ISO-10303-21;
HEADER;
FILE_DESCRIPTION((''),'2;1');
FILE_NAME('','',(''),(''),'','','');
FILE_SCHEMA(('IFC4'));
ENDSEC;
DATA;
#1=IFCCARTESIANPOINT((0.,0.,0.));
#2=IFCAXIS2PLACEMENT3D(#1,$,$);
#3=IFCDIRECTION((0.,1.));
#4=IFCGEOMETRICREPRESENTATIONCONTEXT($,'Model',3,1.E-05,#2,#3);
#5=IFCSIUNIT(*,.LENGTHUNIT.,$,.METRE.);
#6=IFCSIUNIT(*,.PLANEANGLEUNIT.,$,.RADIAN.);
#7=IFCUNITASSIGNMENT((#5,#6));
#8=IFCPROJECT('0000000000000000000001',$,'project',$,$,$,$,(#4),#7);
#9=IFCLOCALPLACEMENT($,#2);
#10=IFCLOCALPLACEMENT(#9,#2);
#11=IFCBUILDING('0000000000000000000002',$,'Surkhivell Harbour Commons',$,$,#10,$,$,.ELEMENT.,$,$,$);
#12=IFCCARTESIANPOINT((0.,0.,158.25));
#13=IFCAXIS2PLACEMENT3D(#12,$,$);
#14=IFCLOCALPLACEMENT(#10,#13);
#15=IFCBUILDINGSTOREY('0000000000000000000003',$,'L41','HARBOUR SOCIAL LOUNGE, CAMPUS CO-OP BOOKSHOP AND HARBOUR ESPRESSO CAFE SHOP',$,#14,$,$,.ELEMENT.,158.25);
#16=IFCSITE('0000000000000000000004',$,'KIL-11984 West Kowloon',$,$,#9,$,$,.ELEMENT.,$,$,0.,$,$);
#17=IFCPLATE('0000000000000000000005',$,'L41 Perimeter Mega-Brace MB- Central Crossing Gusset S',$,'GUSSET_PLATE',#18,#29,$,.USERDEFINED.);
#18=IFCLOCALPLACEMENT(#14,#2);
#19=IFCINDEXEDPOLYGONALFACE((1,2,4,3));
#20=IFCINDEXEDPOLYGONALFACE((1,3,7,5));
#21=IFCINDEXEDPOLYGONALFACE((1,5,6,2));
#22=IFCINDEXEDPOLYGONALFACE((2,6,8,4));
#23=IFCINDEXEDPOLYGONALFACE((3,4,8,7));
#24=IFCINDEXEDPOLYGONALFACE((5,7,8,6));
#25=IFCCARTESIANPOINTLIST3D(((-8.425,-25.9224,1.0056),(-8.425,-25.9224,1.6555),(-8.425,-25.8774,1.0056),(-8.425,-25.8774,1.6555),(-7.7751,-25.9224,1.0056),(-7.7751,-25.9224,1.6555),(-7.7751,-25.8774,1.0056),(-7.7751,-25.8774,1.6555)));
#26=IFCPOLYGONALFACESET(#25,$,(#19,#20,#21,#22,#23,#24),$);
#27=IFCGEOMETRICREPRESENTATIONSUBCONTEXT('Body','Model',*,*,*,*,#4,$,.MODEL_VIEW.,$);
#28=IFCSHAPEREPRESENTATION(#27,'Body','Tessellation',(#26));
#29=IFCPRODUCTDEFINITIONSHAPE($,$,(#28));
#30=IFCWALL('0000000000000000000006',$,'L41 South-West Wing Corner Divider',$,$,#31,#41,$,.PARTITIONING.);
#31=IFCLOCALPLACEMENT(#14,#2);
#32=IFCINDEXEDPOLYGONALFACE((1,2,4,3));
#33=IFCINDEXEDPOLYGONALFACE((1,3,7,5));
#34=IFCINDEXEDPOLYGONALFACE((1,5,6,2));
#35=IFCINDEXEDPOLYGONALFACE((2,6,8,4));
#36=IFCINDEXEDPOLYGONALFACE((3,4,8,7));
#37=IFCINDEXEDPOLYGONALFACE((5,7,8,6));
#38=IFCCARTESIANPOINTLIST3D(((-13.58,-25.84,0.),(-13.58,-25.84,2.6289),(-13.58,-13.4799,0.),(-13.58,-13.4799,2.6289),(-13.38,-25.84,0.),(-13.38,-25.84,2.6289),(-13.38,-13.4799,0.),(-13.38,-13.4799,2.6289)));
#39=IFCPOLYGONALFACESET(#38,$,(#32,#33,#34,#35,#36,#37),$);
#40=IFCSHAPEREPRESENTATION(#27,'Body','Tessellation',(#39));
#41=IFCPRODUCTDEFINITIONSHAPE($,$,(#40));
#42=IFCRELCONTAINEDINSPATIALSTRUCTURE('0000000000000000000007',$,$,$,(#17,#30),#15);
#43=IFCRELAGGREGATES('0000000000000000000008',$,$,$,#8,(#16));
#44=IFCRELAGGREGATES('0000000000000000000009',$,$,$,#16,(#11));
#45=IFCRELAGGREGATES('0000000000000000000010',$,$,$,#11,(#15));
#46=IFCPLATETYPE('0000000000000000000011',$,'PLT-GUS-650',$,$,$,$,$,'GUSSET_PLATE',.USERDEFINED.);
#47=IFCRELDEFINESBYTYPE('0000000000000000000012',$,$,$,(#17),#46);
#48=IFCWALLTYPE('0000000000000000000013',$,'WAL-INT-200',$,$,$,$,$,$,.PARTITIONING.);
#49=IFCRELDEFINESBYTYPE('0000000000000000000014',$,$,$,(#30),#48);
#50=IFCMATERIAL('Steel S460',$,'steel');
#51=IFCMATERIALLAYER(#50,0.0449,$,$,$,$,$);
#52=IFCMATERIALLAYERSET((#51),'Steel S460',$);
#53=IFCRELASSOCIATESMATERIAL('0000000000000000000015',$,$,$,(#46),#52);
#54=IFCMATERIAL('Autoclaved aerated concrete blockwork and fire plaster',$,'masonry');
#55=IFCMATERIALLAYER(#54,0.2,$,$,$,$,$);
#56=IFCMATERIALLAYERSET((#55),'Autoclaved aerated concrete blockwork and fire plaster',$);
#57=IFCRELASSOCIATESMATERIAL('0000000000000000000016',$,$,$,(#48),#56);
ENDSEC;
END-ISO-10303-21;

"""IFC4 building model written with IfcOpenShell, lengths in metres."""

from ifc_helpers import new_model, si_unit, direction, frame, frame_2d, origin, origin_2d, place, context, subcontext, project, spatial, rectangle, extrude, material, layer, layer_set, type_object, element, save


model = new_model("IFC4")

# Units and contexts
model_context = context("Model", 3, precision=1e-05, world=origin(), true_north=direction((0.0, 1.0)))
body_context = subcontext(model_context, "Body", "Model", "MODEL_VIEW")
ifc_project = project(units=[si_unit("LENGTHUNIT", "METRE"), si_unit("PLANEANGLEUNIT", "RADIAN")], contexts=[model_context])

# Site, building, storey
site_placement = place(None, origin())
site = spatial("IfcSite", under=ifc_project, at=site_placement, Name="KIL-11984 West Kowloon", CompositionType="ELEMENT", RefElevation=0.0)
building_placement = place(site_placement, origin())
building = spatial("IfcBuilding", under=site, at=building_placement, Name="Surkhivell Harbour Commons", CompositionType="ELEMENT")
storey_placement = place(building_placement, frame((0.0, 0.0, 158.25)))
storey = spatial("IfcBuildingStorey", under=building, at=storey_placement, Name="L41", Description="HARBOUR SOCIAL LOUNGE, CAMPUS CO-OP BOOKSHOP AND HARBOUR ESPRESSO CAFE SHOP", CompositionType="ELEMENT", Elevation=158.25)

# Shared definitions
ifc_material_1 = material(Name="Steel S460", Category="steel")

# Plate
ifc_layer_1 = layer(ifc_material_1, 0.0449)
ifc_layer_set_1 = layer_set([ifc_layer_1], Name="Steel S460")
plate_type_1 = type_object("IfcPlateType", Name="PLT-GUS-650", ElementType="GUSSET_PLATE", PredefinedType="USERDEFINED", material=ifc_layer_set_1)
for number, where, z_axis, x_axis, name in (
    (1, (-8.1001, -25.8999, 1.0056), (0.0, 0.0, 1.0), (1.0, 0.0, 0.0), "L41 Perimeter Mega-Brace MB- Central Crossing Gusset S"),
):
    element("IfcPlate", number, at=place(storey_placement, frame(where, z_axis=z_axis, x_axis=x_axis)), inside=storey, type_object=plate_type_1, Name=name, ObjectType="GUSSET_PLATE", PredefinedType="USERDEFINED", context=body_context, shape_type="SweptSolid", body=[
        extrude(rectangle(XDim=0.6499, YDim=0.0449, at=origin_2d()), origin(), (0.0, 0.0, 1.0), 0.6499),
    ])

# Wall
ifc_material_2 = material(Name="Autoclaved aerated concrete blockwork and fire plaster", Category="masonry")
ifc_layer_2 = layer(ifc_material_2, 0.2)
ifc_layer_set_2 = layer_set([ifc_layer_2], Name="Autoclaved aerated concrete blockwork and fire plaster")
wall_type = type_object("IfcWallType", Name="WAL-INT-200", PredefinedType="PARTITIONING", material=ifc_layer_set_2)
wall_placement = place(storey_placement, frame((-13.48, -25.8401, 0.0), z_axis=(0.0, 0.0, 1.0), x_axis=(0.0, 1.0, 0.0)))
element("IfcWall", 2, at=wall_placement, inside=storey, type_object=wall_type, Name="L41 South-West Wing Corner Divider", PredefinedType="PARTITIONING", context=body_context, shape_type="SweptSolid", body=[
    extrude(rectangle(XDim=12.3601, YDim=0.2, at=frame_2d((6.1802, 0.0))), origin(), (0.0, 0.0, 1.0), 2.6289),
])

save(model, "model.ifc")
